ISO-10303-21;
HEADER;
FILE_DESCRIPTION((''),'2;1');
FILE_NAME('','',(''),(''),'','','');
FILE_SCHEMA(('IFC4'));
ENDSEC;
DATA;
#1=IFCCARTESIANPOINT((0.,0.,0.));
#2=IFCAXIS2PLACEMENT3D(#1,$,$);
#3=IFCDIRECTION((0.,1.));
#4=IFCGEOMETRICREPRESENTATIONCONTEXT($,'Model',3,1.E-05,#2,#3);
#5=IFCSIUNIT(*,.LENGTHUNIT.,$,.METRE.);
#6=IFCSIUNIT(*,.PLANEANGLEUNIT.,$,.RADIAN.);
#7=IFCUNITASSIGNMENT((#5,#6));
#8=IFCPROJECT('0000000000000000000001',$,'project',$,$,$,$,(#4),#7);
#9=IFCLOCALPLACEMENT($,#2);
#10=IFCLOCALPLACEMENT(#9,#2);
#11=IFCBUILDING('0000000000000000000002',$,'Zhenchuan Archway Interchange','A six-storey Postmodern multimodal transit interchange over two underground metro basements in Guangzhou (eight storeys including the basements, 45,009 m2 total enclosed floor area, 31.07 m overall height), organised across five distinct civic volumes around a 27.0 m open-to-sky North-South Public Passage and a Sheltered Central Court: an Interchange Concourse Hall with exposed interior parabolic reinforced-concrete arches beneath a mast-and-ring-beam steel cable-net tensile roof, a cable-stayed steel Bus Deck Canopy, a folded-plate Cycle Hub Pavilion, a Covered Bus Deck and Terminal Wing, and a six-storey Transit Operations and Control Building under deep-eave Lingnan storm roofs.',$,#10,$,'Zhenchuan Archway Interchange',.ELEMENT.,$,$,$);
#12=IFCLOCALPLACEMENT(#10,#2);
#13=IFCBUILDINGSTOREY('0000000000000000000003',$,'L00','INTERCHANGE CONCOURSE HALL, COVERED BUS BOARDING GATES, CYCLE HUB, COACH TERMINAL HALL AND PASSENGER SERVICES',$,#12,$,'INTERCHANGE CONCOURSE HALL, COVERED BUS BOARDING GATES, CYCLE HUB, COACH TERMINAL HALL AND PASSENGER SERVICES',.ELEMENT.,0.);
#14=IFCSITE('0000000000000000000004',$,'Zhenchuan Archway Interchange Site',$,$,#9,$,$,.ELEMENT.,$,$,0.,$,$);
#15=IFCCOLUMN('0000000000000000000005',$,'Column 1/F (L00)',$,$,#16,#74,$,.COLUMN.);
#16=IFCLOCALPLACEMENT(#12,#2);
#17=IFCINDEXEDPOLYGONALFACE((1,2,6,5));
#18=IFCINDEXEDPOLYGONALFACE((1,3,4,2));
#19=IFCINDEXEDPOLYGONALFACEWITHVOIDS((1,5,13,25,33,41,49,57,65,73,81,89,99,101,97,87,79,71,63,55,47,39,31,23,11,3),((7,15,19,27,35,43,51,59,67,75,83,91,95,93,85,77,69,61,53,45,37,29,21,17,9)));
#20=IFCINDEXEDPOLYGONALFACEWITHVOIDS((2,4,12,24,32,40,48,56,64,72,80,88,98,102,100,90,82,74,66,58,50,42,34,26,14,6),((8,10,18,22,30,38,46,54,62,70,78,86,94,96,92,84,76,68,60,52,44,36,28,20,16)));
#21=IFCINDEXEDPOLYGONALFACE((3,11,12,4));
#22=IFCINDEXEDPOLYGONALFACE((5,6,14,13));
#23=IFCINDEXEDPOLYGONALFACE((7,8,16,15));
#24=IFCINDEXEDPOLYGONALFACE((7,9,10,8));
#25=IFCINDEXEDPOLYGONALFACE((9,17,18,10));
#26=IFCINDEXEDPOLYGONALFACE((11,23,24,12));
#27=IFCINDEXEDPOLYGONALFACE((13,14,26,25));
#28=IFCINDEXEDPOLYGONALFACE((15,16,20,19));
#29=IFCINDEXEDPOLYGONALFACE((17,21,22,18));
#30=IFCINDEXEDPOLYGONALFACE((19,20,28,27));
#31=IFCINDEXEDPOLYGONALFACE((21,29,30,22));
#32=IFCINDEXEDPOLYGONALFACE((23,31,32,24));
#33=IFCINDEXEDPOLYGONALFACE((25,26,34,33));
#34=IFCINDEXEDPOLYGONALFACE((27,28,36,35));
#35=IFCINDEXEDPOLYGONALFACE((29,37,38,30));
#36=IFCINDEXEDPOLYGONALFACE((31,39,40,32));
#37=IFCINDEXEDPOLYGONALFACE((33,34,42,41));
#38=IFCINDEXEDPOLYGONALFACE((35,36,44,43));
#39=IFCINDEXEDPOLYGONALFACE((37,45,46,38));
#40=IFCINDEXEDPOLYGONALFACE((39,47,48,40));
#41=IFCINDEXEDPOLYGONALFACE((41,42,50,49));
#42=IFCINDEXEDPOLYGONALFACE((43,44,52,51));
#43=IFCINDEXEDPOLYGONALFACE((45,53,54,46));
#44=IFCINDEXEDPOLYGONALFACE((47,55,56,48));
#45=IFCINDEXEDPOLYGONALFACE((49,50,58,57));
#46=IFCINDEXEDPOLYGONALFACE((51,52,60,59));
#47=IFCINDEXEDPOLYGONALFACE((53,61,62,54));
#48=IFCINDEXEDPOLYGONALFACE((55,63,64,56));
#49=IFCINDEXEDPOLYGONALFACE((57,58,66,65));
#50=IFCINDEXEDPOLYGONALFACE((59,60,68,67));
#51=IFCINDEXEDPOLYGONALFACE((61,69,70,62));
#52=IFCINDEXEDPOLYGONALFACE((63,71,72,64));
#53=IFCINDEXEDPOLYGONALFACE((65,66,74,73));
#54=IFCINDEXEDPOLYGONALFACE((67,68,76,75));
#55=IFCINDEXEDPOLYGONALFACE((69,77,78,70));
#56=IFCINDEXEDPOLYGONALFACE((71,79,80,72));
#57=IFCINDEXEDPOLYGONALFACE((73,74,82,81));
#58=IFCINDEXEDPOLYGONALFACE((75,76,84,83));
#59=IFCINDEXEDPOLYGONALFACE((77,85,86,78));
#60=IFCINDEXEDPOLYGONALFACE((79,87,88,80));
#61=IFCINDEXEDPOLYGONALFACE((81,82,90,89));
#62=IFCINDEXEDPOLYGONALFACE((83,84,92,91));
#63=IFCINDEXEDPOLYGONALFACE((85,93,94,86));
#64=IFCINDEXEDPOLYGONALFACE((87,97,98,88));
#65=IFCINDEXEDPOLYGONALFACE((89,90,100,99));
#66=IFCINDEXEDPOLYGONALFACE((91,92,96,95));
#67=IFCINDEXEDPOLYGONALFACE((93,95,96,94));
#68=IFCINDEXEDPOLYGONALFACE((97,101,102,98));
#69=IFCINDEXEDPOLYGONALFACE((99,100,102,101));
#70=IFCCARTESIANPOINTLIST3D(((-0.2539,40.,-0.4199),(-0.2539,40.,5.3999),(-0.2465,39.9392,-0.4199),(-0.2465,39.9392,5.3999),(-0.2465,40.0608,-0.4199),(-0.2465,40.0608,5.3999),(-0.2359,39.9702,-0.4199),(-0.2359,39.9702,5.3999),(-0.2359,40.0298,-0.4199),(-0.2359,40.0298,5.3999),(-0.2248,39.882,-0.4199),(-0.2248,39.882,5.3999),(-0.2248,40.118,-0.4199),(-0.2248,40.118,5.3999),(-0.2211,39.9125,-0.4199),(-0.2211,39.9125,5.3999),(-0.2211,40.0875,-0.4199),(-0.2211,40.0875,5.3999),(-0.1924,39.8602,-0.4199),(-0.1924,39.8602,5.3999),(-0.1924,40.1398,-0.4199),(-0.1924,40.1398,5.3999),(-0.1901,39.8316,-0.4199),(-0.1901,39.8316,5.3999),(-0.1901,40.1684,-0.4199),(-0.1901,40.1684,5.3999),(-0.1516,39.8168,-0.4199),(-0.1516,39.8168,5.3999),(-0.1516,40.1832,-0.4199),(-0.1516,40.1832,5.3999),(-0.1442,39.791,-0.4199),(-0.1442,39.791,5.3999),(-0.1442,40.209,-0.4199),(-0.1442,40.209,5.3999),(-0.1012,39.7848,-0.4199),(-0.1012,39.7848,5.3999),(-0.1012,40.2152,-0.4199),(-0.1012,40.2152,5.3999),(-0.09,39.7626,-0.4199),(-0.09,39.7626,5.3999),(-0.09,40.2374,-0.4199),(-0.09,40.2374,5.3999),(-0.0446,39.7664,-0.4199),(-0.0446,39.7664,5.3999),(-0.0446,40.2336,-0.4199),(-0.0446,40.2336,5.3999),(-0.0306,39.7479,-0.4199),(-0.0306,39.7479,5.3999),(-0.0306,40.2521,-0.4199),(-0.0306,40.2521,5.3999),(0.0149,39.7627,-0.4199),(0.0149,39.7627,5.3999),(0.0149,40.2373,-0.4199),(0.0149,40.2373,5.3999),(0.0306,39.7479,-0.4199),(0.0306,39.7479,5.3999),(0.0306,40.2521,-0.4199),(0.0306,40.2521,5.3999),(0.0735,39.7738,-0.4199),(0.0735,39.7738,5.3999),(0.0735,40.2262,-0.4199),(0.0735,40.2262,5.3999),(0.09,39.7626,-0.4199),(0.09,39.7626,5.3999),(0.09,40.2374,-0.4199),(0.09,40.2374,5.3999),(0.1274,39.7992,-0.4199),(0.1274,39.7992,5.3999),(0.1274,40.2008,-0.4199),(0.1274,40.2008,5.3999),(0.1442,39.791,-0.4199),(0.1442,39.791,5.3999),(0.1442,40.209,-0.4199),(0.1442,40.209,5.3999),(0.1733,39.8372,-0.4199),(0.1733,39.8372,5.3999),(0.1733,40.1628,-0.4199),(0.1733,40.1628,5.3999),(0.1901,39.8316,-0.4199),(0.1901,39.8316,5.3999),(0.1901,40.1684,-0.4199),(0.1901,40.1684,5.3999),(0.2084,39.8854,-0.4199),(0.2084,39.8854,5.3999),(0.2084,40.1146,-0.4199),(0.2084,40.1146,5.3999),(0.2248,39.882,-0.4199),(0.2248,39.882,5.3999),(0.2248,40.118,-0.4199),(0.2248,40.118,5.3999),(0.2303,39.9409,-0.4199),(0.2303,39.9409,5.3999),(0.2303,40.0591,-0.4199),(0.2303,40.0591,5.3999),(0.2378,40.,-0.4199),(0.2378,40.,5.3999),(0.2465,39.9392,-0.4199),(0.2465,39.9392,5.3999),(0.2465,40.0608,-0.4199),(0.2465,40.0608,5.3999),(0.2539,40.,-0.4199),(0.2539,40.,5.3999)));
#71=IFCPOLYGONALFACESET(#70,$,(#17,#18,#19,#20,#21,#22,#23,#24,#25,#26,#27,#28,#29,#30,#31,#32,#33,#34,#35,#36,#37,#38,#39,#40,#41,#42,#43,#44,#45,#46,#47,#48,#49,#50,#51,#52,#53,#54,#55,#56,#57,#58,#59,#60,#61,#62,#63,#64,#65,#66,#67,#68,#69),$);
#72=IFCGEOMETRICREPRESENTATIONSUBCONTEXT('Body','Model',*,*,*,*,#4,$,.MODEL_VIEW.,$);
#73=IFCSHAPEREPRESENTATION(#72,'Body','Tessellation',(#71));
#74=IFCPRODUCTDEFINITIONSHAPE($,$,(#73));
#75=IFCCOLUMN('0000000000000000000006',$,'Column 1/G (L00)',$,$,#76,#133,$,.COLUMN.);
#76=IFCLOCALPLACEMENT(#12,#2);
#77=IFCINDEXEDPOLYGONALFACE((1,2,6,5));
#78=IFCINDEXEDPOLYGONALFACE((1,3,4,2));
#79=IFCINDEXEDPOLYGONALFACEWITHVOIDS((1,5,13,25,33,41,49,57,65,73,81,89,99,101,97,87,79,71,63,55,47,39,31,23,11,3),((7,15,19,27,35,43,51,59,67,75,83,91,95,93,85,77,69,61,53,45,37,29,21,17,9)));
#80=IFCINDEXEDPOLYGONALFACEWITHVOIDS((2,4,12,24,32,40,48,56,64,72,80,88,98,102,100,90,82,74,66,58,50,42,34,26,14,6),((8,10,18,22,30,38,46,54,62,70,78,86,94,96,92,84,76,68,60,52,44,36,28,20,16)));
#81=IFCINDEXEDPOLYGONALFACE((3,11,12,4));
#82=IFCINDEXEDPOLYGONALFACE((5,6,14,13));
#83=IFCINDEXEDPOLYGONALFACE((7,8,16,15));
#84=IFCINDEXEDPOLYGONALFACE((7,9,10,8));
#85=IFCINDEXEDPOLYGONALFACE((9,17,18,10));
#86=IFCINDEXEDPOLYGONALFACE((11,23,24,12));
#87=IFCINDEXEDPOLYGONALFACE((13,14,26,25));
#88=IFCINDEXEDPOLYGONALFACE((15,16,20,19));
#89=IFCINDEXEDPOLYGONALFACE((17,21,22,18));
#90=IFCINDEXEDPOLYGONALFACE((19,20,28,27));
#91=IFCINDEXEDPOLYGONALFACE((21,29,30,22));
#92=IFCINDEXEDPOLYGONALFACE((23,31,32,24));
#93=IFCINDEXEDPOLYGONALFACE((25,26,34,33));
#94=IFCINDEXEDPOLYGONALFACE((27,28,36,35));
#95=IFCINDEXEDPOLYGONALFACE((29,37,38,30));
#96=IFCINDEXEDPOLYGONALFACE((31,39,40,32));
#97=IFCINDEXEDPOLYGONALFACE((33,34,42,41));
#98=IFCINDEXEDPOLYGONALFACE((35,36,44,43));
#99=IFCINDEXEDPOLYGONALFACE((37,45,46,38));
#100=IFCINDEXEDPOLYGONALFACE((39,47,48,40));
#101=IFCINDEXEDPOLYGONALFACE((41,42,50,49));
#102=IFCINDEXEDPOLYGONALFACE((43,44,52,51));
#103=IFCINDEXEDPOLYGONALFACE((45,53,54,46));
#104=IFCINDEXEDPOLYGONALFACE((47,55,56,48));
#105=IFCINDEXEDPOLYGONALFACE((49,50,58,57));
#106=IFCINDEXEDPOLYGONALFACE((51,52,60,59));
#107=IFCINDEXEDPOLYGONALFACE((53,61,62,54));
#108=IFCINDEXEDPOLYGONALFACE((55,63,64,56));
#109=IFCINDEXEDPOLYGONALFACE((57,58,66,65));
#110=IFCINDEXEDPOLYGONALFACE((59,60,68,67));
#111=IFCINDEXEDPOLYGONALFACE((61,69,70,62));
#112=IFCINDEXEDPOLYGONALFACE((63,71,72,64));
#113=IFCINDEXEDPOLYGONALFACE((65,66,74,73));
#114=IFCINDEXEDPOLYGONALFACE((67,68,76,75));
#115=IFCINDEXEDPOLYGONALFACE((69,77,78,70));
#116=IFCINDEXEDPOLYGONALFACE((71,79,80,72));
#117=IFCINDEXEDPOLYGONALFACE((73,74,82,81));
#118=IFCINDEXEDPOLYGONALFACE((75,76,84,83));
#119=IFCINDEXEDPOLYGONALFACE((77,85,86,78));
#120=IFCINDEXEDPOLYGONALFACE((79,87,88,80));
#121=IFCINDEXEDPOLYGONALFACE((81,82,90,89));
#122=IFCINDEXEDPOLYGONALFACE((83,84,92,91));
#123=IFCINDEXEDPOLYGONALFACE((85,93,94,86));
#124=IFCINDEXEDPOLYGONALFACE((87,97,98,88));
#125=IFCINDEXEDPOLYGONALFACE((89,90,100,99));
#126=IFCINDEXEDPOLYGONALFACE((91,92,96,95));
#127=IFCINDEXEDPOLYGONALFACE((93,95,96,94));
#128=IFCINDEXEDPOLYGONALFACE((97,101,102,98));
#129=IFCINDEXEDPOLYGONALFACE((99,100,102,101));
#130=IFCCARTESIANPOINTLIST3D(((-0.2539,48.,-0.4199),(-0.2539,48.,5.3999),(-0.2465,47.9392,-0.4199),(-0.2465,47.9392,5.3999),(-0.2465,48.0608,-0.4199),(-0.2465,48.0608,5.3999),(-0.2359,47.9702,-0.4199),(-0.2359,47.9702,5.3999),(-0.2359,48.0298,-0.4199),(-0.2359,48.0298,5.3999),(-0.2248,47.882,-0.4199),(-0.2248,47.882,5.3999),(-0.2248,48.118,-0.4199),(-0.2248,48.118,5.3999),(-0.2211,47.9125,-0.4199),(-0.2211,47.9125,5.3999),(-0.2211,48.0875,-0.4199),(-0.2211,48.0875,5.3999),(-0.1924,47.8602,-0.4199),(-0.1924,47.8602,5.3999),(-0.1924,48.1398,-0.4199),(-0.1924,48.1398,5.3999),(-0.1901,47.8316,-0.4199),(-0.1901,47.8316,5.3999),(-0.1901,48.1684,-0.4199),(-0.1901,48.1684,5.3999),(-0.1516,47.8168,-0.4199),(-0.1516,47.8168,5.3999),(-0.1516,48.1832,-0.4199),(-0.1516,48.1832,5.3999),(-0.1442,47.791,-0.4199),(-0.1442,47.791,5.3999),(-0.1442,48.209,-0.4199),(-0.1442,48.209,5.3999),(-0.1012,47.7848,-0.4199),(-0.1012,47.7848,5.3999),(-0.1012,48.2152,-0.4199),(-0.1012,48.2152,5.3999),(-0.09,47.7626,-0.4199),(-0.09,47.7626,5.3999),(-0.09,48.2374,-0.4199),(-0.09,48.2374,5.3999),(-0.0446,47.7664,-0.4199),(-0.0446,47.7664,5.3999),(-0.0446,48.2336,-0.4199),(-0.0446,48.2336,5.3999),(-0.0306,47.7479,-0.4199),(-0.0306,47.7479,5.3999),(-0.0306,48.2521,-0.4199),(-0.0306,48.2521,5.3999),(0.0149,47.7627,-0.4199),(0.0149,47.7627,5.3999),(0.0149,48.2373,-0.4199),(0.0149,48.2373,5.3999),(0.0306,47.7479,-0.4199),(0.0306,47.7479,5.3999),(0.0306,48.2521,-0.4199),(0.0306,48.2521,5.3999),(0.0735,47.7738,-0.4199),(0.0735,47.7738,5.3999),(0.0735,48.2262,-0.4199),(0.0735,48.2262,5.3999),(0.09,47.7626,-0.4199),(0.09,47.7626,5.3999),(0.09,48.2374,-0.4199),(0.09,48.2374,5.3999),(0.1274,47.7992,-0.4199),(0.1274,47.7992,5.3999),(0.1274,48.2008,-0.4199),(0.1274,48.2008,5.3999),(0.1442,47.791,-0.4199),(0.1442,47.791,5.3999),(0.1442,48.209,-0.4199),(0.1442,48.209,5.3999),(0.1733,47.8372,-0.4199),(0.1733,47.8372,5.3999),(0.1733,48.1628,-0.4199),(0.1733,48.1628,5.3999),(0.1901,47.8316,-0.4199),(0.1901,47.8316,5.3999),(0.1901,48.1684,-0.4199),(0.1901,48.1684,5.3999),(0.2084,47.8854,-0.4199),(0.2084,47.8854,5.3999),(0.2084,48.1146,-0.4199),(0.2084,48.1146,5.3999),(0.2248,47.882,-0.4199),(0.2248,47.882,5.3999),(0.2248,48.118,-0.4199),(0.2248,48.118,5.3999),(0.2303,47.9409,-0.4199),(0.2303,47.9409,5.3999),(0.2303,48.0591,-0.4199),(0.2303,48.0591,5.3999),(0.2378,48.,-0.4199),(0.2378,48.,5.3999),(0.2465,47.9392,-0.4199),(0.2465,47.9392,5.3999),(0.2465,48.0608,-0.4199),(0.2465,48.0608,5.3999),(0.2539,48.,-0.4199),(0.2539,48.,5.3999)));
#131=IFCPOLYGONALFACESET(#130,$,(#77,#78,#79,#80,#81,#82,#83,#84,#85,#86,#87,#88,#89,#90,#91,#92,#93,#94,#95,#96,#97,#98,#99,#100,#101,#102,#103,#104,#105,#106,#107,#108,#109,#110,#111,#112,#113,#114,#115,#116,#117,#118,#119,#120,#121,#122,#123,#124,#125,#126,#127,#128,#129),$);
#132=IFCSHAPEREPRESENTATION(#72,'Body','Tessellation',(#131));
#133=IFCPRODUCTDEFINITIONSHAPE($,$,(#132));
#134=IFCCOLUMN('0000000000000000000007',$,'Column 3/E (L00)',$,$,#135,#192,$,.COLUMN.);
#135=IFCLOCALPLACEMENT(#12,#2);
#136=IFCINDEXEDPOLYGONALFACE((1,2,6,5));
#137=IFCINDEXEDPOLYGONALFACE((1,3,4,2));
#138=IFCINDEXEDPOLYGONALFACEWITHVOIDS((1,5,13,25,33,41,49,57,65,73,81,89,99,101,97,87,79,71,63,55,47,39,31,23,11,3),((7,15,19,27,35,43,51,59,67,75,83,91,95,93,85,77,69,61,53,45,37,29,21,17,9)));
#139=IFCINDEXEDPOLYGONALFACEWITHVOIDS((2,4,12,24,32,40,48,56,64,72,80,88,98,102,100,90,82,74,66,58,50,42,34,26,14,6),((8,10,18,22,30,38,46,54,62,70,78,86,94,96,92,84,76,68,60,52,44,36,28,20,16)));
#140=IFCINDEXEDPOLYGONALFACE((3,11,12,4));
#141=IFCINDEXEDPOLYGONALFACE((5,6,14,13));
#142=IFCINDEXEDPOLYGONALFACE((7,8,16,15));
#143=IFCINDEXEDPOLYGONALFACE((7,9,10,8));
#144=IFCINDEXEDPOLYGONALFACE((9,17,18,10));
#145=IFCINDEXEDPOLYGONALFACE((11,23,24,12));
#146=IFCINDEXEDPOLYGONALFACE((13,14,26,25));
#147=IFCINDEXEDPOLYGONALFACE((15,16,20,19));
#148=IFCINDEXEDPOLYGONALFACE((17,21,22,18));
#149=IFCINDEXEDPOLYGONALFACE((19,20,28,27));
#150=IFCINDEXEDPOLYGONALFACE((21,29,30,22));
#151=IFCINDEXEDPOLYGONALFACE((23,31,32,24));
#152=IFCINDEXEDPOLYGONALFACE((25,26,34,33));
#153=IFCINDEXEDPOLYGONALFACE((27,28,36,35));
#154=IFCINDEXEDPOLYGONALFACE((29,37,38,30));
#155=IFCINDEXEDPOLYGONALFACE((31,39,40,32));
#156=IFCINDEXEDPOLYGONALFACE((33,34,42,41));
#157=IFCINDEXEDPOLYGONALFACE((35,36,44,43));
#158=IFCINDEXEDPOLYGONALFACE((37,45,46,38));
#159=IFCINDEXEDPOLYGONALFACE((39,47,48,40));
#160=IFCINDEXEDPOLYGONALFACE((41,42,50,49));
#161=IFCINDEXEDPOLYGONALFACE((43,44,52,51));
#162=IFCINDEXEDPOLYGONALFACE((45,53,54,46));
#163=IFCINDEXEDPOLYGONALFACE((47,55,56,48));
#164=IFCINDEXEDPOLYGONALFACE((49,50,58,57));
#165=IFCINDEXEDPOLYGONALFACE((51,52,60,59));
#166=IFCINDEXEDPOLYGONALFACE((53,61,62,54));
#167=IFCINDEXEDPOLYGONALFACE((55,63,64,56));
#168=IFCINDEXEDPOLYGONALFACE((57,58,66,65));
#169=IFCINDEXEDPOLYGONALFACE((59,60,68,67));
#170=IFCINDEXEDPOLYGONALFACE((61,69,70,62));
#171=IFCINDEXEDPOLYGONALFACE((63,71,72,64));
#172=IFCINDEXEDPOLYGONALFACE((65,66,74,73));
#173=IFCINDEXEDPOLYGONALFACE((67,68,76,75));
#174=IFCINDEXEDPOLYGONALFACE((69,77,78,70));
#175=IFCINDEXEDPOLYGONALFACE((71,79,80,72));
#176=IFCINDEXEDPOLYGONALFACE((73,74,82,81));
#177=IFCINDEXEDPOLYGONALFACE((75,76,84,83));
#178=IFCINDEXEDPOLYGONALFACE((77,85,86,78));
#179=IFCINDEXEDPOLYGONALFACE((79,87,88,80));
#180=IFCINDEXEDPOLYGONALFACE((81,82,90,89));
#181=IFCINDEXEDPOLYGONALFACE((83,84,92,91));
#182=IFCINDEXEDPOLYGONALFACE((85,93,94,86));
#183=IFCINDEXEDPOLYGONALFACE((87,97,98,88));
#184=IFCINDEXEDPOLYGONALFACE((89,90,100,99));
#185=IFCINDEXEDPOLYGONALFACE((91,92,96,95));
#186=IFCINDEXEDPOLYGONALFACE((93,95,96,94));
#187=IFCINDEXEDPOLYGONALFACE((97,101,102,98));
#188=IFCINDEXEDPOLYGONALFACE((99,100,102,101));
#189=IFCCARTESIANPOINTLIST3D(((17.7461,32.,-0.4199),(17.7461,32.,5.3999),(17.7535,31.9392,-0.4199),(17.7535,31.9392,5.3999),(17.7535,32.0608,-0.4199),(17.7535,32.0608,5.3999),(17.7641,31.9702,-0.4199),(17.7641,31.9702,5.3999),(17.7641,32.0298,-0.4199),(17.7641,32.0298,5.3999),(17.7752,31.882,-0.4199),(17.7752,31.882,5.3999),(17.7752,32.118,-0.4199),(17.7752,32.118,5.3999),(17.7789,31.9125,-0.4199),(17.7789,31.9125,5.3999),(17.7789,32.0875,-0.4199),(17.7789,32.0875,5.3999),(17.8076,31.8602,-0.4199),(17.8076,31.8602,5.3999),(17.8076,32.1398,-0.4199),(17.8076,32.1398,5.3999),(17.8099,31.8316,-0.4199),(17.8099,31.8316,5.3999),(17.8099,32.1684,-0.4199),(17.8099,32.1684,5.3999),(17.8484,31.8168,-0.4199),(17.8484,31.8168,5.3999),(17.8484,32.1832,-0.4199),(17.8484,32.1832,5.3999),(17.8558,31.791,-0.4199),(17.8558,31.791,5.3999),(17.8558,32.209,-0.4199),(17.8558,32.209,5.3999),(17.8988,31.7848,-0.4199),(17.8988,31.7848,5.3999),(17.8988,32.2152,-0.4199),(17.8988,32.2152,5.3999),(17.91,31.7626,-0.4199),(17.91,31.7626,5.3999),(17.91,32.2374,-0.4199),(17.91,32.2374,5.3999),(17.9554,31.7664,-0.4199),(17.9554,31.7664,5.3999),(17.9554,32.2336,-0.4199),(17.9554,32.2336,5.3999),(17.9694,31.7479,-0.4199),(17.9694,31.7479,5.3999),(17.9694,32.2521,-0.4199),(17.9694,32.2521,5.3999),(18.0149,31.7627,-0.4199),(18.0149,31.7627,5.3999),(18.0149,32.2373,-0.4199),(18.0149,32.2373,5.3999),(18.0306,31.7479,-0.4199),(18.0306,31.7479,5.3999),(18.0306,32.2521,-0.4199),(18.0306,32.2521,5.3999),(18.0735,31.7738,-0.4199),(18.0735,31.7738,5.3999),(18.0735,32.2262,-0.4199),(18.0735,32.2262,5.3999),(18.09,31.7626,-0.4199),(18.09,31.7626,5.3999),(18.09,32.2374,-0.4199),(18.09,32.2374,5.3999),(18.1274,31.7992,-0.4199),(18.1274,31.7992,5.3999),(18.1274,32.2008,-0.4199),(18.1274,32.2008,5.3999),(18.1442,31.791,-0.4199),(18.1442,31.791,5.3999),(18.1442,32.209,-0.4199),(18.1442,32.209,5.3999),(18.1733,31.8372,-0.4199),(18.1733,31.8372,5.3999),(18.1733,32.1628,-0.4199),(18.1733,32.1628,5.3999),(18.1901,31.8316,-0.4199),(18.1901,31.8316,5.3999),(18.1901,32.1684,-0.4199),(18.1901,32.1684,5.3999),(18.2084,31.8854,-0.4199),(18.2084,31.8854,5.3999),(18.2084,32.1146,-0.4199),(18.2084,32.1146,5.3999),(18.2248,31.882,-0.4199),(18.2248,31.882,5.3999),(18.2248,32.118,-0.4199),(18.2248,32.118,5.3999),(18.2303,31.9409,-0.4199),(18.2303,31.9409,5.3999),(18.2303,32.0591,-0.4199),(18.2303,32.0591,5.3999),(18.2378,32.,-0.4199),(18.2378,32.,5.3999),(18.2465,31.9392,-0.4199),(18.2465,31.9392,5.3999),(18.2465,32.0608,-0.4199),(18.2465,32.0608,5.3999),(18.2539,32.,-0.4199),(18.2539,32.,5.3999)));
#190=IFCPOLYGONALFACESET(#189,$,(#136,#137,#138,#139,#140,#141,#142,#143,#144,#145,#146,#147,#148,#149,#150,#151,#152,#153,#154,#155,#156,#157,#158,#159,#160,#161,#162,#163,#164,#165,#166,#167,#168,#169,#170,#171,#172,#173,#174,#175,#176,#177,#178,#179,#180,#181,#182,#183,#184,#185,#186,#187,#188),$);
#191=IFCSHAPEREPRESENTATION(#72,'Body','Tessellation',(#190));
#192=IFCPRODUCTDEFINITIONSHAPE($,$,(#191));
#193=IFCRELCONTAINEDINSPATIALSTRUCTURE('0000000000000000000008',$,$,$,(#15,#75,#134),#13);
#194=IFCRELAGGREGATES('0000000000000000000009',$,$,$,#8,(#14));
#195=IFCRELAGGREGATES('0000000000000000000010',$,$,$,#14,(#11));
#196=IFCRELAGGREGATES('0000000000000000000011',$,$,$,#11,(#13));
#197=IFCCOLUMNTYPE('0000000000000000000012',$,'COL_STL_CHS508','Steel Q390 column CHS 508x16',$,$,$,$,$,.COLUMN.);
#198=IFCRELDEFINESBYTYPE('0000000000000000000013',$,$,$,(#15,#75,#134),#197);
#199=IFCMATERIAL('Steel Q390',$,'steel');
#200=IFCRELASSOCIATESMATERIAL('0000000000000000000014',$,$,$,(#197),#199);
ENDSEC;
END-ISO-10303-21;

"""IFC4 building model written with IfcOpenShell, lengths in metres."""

from ifc_helpers import new_model, si_unit, direction, frame, origin, origin_2d, place, context, subcontext, project, spatial, hollow_circle, extrude, material, material_profile, profile_set, type_object, element, save


model = new_model("IFC4")

# Units and contexts
model_context = context("Model", 3, precision=1e-05, world=origin(), true_north=direction((0.0, 1.0)))
body_context = subcontext(model_context, "Body", "Model", "MODEL_VIEW")
ifc_project = project(units=[si_unit("LENGTHUNIT", "METRE"), si_unit("PLANEANGLEUNIT", "RADIAN")], contexts=[model_context])

# Site, building, storey
site_placement = place(None, origin())
site = spatial("IfcSite", under=ifc_project, at=site_placement, Name="Zhenchuan Archway Interchange Site", CompositionType="ELEMENT", RefElevation=0.0)
building_placement = place(site_placement, origin())
building = spatial("IfcBuilding", under=site, at=building_placement, Name="Zhenchuan Archway Interchange", Description="A six-storey Postmodern multimodal transit interchange over two underground metro basements in Guangzhou (eight storeys including the basements, 45,009 m2 total enclosed floor area, 31.07 m overall height), organised across five distinct civic volumes around a 27.0 m open-to-sky North-South Public Passage and a Sheltered Central Court: an Interchange Concourse Hall with exposed interior parabolic reinforced-concrete arches beneath a mast-and-ring-beam steel cable-net tensile roof, a cable-stayed steel Bus Deck Canopy, a folded-plate Cycle Hub Pavilion, a Covered Bus Deck and Terminal Wing, and a six-storey Transit Operations and Control Building under deep-eave Lingnan storm roofs.", LongName="Zhenchuan Archway Interchange", CompositionType="ELEMENT")
storey_placement = place(building_placement, origin())
storey = spatial("IfcBuildingStorey", under=building, at=storey_placement, Name="L00", Description="INTERCHANGE CONCOURSE HALL, COVERED BUS BOARDING GATES, CYCLE HUB, COACH TERMINAL HALL AND PASSENGER SERVICES", LongName="INTERCHANGE CONCOURSE HALL, COVERED BUS BOARDING GATES, CYCLE HUB, COACH TERMINAL HALL AND PASSENGER SERVICES", CompositionType="ELEMENT", Elevation=0.0)

# Columns
ifc_material_1 = material(Name="Steel Q390", Category="steel")
ifc_material_profile_1 = material_profile(ifc_material_1, hollow_circle(Radius=0.2539, WallThickness=0.0161, at=origin_2d()), Name="CHS 508x16")
ifc_profile_set_1 = profile_set([ifc_material_profile_1], Name="Steel Q390")
column_type = type_object("IfcColumnType", Name="COL_STL_CHS508", Description="Steel Q390 column CHS 508x16", PredefinedType="COLUMN", material=ifc_profile_set_1)
for number, where, z_axis, x_axis, name in (
    (1, (0.0, 40.0, -0.4199), (0.0, 0.0, 1.0), (1.0, 0.0, 0.0), "Column 1/F (L00)"),
    (2, (0.0, 48.0, -0.4199), (0.0, 0.0, 1.0), (1.0, 0.0, 0.0), "Column 1/G (L00)"),
    (3, (18.0, 32.0, -0.4199), (0.0, 0.0, 1.0), (1.0, 0.0, 0.0), "Column 3/E (L00)"),
):
    element("IfcColumn", number, at=place(storey_placement, frame(where, z_axis=z_axis, x_axis=x_axis)), inside=storey, type_object=column_type, Name=name, PredefinedType="COLUMN", context=body_context, shape_type="SweptSolid", body=[
        extrude(hollow_circle(Radius=0.2539, WallThickness=0.0161, at=origin_2d()), origin(), (0.0, 0.0, 1.0), 5.8198),
    ])

save(model, "model.ifc")
